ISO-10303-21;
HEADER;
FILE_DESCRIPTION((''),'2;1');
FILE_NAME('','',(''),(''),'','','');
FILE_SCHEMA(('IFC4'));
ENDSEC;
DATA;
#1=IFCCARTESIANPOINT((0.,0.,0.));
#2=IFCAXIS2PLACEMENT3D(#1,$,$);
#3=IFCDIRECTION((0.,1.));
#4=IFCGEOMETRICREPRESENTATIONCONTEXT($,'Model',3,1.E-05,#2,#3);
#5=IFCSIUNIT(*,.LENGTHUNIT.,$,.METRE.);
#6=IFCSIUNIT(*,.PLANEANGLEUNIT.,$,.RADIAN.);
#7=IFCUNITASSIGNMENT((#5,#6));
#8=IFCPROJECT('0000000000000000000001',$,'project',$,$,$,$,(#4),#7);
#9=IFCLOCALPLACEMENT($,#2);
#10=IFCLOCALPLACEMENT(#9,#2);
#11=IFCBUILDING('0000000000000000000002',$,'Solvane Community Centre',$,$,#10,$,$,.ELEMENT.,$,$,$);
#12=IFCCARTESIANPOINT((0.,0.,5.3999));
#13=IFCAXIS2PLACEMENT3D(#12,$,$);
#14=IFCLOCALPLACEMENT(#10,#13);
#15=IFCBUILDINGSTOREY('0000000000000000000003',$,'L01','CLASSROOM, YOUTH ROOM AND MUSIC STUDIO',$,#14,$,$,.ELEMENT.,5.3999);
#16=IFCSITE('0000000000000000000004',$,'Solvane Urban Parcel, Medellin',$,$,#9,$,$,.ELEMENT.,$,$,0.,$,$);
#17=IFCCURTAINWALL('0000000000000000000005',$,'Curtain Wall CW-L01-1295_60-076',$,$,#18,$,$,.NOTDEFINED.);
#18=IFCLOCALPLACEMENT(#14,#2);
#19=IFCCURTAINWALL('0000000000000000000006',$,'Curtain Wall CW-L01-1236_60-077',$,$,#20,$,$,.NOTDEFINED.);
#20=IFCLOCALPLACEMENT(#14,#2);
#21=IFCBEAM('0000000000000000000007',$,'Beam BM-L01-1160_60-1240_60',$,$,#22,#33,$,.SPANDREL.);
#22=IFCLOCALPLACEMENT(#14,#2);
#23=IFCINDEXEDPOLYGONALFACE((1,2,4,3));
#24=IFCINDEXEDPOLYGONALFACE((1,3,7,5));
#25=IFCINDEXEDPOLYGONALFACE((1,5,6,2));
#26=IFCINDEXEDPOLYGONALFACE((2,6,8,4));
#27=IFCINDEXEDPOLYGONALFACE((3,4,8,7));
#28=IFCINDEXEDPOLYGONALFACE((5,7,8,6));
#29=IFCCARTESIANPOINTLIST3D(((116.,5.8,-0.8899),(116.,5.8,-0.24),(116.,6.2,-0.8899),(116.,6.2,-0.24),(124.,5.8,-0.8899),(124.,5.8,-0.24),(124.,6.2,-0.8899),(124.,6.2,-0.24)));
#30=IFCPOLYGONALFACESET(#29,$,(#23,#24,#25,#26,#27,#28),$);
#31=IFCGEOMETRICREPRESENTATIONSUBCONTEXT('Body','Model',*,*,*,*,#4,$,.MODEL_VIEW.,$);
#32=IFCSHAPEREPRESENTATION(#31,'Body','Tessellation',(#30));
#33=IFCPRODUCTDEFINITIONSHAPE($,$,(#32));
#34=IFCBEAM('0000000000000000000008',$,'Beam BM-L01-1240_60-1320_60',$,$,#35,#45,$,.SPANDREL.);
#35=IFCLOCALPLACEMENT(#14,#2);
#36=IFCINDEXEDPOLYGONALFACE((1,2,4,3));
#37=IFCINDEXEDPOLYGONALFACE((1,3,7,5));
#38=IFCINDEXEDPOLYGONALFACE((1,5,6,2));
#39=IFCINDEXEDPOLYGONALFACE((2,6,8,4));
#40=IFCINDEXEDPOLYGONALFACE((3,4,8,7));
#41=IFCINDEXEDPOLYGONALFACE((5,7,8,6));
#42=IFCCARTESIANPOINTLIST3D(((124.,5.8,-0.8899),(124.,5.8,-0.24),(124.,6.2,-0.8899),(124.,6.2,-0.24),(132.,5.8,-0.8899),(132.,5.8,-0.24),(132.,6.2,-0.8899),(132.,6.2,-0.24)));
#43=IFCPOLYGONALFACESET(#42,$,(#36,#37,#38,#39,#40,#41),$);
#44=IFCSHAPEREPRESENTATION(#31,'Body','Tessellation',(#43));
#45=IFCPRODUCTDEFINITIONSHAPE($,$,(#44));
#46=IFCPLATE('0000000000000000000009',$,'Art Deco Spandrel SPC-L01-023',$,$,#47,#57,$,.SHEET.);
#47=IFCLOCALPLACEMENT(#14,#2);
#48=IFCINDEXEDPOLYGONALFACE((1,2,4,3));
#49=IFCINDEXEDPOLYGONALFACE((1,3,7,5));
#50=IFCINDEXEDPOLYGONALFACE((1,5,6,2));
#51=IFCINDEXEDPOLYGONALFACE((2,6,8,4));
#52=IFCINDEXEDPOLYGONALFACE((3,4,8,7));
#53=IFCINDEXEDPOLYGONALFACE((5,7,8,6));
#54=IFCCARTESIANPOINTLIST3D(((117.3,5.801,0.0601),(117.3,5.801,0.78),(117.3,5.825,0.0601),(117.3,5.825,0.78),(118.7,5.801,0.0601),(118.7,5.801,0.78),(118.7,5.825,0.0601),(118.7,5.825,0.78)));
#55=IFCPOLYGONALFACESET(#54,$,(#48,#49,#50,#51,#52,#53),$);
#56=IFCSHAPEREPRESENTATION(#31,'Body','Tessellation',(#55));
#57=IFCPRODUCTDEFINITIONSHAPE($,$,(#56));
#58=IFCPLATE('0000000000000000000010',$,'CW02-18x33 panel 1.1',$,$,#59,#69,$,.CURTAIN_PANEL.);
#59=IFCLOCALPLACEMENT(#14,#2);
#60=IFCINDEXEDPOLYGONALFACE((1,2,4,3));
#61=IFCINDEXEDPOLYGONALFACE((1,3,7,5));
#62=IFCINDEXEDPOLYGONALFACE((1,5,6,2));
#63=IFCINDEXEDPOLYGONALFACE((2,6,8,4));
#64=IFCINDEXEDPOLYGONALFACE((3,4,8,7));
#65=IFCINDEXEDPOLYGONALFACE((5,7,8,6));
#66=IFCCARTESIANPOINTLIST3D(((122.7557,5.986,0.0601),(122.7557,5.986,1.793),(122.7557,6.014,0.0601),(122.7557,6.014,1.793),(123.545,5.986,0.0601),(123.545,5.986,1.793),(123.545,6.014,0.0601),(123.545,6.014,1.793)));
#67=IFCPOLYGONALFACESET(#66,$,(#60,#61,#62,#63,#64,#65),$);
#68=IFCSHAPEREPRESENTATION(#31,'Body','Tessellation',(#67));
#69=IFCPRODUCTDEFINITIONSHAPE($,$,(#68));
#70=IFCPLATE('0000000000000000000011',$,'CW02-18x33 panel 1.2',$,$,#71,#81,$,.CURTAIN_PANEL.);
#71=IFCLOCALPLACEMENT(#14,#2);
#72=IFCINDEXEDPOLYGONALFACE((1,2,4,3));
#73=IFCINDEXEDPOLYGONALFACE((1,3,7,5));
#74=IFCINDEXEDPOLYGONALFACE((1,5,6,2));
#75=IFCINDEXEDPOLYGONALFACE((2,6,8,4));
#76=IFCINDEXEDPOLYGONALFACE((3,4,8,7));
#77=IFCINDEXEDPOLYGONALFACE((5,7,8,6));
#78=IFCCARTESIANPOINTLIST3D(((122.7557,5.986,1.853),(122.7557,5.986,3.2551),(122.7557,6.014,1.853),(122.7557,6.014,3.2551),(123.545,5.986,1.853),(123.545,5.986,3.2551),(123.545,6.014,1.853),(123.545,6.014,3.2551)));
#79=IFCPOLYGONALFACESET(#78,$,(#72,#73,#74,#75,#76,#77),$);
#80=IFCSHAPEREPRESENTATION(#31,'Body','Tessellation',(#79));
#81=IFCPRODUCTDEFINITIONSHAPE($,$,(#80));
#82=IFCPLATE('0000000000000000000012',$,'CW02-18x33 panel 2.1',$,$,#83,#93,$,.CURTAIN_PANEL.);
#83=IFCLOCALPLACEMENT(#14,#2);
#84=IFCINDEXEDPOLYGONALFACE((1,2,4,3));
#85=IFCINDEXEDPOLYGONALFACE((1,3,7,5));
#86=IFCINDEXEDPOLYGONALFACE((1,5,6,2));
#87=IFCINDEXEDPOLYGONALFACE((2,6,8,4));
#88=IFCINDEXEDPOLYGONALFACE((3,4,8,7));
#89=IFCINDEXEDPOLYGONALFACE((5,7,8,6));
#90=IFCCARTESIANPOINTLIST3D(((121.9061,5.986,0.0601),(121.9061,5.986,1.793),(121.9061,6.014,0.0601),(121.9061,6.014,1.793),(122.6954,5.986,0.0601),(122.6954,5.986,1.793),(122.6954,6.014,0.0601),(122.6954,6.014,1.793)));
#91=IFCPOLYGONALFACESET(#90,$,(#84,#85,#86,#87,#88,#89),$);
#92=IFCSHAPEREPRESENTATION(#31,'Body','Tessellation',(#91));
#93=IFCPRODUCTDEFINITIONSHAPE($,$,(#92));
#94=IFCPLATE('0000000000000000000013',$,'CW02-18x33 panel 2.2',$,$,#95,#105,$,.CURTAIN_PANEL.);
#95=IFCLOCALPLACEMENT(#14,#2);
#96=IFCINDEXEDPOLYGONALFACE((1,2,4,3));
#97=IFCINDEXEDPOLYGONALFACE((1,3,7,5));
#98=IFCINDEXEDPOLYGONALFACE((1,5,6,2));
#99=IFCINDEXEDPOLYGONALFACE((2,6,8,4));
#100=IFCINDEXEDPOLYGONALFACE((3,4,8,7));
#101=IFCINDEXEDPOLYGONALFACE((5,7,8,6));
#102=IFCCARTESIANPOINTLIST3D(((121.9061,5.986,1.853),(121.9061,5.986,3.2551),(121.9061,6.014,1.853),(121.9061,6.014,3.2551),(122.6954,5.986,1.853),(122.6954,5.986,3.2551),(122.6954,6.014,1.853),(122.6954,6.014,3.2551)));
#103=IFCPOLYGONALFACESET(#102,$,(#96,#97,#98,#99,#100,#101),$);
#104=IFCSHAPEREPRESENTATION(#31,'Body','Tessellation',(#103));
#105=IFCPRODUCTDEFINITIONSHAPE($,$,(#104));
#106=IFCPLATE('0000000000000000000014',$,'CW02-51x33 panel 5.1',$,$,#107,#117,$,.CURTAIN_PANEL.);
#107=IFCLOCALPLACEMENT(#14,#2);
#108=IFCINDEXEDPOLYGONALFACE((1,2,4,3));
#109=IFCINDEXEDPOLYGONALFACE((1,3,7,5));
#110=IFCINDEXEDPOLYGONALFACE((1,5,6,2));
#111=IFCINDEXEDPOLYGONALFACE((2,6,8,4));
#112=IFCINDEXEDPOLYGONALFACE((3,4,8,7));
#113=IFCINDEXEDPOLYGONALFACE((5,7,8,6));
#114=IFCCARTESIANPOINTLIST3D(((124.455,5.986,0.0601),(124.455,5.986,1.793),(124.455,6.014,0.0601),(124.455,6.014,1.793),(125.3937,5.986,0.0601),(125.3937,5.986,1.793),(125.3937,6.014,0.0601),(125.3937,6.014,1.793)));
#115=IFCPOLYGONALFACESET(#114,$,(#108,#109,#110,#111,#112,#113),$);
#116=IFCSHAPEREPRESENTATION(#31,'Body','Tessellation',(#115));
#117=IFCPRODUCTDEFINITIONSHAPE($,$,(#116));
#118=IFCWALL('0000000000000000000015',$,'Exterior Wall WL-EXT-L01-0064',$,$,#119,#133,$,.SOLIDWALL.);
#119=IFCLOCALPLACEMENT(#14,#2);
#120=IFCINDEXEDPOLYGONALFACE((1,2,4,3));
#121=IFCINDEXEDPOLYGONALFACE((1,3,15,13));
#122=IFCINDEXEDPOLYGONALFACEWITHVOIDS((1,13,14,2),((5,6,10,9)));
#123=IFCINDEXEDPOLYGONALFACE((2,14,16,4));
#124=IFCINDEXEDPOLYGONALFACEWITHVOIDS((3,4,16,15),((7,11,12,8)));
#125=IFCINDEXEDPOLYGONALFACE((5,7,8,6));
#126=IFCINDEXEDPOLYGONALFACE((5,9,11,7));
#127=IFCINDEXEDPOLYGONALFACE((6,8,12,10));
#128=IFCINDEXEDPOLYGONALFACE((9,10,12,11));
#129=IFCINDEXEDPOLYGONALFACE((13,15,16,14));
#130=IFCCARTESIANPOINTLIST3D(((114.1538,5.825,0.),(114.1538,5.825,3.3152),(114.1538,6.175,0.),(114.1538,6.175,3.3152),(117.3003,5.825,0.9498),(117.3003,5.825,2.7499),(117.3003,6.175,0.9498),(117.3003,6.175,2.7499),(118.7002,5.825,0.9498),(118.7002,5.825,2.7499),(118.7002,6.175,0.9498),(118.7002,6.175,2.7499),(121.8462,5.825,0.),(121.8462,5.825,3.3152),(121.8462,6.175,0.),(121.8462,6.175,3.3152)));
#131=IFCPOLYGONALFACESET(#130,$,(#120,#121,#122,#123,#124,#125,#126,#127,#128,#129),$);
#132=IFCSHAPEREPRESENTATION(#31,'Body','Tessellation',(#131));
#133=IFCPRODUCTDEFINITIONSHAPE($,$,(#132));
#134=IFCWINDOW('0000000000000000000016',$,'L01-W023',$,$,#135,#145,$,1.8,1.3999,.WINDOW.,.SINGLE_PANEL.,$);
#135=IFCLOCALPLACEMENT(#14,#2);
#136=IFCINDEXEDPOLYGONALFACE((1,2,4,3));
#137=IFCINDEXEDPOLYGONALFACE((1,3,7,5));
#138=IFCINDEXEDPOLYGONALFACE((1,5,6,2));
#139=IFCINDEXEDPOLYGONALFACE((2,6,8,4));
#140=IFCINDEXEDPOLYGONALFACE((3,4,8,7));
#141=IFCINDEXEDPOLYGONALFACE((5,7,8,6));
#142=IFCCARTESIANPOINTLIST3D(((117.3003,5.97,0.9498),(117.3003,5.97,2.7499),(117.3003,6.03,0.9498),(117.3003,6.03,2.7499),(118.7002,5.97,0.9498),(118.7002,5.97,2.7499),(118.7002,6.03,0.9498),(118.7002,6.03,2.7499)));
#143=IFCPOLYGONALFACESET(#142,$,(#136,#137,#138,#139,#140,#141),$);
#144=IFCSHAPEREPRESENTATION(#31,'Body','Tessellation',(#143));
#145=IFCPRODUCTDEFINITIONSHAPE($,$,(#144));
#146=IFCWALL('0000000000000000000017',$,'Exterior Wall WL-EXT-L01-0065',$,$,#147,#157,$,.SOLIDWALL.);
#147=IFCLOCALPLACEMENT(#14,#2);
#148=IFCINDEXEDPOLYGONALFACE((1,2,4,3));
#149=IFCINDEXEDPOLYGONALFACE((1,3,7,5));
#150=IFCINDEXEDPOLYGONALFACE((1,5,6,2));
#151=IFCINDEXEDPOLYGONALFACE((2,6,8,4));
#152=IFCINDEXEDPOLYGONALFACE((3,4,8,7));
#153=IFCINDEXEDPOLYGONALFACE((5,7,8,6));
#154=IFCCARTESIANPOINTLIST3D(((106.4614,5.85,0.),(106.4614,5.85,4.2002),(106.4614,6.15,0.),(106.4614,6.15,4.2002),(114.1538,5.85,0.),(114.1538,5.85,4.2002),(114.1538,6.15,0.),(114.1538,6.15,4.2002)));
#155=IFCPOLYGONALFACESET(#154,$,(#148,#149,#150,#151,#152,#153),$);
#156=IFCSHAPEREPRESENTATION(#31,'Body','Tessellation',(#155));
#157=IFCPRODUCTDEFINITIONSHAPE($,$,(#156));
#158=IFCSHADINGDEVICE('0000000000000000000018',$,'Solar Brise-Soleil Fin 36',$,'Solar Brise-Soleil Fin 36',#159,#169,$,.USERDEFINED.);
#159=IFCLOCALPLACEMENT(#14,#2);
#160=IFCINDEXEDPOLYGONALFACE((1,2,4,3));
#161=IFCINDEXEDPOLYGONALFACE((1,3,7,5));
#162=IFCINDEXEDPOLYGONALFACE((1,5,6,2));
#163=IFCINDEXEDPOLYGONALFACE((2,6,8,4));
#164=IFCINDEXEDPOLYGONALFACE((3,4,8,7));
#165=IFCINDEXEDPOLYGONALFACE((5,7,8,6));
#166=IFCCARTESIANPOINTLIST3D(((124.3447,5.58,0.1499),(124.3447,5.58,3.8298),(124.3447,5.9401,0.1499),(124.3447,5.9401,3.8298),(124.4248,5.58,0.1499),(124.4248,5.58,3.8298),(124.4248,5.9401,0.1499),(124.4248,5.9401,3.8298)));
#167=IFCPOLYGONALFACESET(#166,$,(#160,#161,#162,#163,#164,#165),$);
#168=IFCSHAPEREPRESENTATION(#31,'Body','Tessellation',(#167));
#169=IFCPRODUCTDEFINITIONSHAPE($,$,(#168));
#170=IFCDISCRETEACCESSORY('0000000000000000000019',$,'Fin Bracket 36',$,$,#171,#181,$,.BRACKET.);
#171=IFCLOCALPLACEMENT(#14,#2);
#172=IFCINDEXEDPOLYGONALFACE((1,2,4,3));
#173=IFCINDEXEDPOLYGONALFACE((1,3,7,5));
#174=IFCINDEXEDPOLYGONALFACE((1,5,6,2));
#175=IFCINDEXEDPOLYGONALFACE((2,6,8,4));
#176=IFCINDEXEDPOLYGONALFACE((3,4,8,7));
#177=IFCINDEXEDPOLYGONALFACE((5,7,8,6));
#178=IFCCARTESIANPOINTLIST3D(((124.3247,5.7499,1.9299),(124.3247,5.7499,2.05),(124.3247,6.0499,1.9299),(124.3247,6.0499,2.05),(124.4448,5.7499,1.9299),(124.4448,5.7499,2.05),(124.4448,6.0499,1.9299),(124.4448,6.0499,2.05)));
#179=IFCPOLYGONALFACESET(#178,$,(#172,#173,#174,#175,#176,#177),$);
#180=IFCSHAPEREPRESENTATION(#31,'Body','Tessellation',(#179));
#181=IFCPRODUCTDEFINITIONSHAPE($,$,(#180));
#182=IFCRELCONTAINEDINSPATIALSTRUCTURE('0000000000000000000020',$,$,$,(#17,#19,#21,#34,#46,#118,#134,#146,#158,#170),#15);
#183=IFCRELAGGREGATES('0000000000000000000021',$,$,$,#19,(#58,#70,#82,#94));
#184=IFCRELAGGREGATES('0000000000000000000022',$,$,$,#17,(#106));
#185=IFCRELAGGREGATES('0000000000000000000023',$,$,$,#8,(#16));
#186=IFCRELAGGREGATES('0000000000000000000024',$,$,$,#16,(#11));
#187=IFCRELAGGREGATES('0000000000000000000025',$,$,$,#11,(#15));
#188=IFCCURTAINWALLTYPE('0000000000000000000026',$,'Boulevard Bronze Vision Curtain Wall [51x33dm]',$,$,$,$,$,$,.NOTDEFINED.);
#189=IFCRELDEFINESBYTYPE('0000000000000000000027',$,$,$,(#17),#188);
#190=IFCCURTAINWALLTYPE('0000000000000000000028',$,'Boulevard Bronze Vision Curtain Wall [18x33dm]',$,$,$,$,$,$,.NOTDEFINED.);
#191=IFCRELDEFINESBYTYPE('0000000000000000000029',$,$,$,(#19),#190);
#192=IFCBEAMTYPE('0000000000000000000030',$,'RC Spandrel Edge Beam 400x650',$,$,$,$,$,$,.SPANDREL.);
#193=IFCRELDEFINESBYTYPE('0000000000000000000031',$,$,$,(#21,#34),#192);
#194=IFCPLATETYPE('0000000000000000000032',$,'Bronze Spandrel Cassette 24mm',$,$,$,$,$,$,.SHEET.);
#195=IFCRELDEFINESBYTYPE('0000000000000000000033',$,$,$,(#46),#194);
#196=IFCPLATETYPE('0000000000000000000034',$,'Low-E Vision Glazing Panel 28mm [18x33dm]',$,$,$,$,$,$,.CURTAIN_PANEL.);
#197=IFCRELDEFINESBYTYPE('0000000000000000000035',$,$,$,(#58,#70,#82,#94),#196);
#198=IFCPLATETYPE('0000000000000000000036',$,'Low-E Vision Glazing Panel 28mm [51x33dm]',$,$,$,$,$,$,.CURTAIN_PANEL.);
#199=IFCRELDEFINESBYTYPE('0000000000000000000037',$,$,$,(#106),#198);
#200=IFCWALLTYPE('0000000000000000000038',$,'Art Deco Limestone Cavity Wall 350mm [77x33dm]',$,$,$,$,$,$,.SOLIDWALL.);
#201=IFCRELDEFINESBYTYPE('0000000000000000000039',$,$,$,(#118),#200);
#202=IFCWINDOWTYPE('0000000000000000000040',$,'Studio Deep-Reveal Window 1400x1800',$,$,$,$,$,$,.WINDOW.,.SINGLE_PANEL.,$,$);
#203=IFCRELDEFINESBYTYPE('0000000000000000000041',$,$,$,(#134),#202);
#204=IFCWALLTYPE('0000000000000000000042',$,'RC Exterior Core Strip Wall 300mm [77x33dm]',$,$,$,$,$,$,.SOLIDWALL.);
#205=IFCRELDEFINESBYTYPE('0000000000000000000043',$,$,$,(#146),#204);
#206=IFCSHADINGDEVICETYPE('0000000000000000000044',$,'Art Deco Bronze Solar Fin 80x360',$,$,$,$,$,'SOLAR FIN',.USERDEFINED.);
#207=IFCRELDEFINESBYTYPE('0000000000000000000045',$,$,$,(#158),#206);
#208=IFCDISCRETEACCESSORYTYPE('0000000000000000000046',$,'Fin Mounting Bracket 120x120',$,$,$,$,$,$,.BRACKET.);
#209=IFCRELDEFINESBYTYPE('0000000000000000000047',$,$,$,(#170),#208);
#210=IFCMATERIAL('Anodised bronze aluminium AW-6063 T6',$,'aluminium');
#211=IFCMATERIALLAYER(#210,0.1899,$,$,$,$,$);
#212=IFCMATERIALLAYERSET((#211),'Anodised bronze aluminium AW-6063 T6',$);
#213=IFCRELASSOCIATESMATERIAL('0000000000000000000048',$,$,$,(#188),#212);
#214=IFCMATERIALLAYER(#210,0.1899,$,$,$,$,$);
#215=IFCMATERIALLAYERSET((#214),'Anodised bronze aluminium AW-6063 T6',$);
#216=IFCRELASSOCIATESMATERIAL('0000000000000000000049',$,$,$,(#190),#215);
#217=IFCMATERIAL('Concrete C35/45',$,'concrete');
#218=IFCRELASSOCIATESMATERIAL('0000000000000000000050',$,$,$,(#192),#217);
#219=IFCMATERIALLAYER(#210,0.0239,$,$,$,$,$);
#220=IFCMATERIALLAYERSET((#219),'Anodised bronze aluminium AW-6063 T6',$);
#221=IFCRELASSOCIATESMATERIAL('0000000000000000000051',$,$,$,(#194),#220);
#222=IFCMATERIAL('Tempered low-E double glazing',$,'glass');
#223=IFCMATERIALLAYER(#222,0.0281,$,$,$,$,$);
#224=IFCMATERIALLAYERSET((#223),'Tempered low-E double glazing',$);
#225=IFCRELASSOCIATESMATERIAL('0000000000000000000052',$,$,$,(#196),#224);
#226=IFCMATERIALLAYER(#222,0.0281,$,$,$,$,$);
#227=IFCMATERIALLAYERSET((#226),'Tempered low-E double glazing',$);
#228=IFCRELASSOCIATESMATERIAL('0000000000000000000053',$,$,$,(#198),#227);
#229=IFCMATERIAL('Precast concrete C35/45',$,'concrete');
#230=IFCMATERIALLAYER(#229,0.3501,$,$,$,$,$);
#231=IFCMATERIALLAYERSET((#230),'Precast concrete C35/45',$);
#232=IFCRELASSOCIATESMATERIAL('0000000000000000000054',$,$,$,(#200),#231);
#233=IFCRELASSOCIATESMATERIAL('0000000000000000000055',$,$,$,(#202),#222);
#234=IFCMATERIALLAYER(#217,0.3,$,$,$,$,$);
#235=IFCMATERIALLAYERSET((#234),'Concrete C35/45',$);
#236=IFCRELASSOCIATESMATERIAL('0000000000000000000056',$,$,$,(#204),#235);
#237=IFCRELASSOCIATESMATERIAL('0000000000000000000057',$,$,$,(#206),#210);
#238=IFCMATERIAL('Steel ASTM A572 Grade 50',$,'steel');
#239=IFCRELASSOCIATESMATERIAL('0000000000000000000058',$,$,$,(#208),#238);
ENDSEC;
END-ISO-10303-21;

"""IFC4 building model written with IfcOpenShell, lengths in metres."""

from ifc_helpers import new_model, si_unit, direction, frame, frame_2d, origin, origin_2d, place, context, subcontext, project, spatial, rectangle, extrude, material, layer, layer_set, material_profile, profile_set, type_object, element, fill, aggregate, save


model = new_model("IFC4")

# Units and contexts
model_context = context("Model", 3, precision=1e-05, world=origin(), true_north=direction((0.0, 1.0)))
body_context = subcontext(model_context, "Body", "Model", "MODEL_VIEW")
ifc_project = project(units=[si_unit("LENGTHUNIT", "METRE"), si_unit("PLANEANGLEUNIT", "RADIAN")], contexts=[model_context])

# Site, building, storey
site_placement = place(None, origin())
site = spatial("IfcSite", under=ifc_project, at=site_placement, Name="Solvane Urban Parcel, Medellin", CompositionType="ELEMENT", RefElevation=0.0)
building_placement = place(site_placement, origin())
building = spatial("IfcBuilding", under=site, at=building_placement, Name="Solvane Community Centre", CompositionType="ELEMENT")
storey_placement = place(building_placement, frame((0.0, 0.0, 5.3999)))
storey = spatial("IfcBuildingStorey", under=building, at=storey_placement, Name="L01", Description="CLASSROOM, YOUTH ROOM AND MUSIC STUDIO", CompositionType="ELEMENT", Elevation=5.3999)

# Shared definitions
ifc_material_1 = material(Name="Precast concrete C35/45", Category="concrete")

# Curtain wall
ifc_material_2 = material(Name="Anodised bronze aluminium AW-6063 T6", Category="aluminium")
ifc_layer_1 = layer(ifc_material_2, 0.1899)
ifc_layer_set_1 = layer_set([ifc_layer_1], Name="Anodised bronze aluminium AW-6063 T6")
curtain_wall_type_1 = type_object("IfcCurtainWallType", Name="Boulevard Bronze Vision Curtain Wall [51x33dm]", PredefinedType="NOTDEFINED", material=ifc_layer_set_1)
curtain_wall_1_placement = place(storey_placement, origin())
curtain_wall_1 = element("IfcCurtainWall", 1, at=curtain_wall_1_placement, inside=storey, type_object=curtain_wall_type_1, Name="Curtain Wall CW-L01-1295_60-076", PredefinedType="NOTDEFINED")

# Curtain wall
ifc_layer_2 = layer(ifc_material_2, 0.1899)
ifc_layer_set_2 = layer_set([ifc_layer_2], Name="Anodised bronze aluminium AW-6063 T6")
curtain_wall_type_2 = type_object("IfcCurtainWallType", Name="Boulevard Bronze Vision Curtain Wall [18x33dm]", PredefinedType="NOTDEFINED", material=ifc_layer_set_2)
curtain_wall_2_placement = place(storey_placement, origin())
curtain_wall_2 = element("IfcCurtainWall", 2, at=curtain_wall_2_placement, inside=storey, type_object=curtain_wall_type_2, Name="Curtain Wall CW-L01-1236_60-077", PredefinedType="NOTDEFINED")

# Beams
ifc_material_3 = material(Name="Concrete C35/45", Category="concrete")
ifc_material_profile_1 = material_profile(ifc_material_3, rectangle(XDim=0.3999, YDim=0.6499, at=origin_2d()), Name="RC 400x650")
ifc_profile_set_1 = profile_set([ifc_material_profile_1], Name="Concrete C35/45")
beam_type_1 = type_object("IfcBeamType", Name="RC Spandrel Edge Beam 400x650", PredefinedType="SPANDREL", material=ifc_profile_set_1)
for number, where, z_axis, x_axis, name in (
    (3, (116.0, 6.0, -0.5649), (1.0, 0.0, 0.0), (0.0, 1.0, 0.0), "Beam BM-L01-1160_60-1240_60"),
    (4, (124.0, 6.0, -0.5649), (1.0, 0.0, 0.0), (0.0, 1.0, 0.0), "Beam BM-L01-1240_60-1320_60"),
):
    element("IfcBeam", number, at=place(storey_placement, frame(where, z_axis=z_axis, x_axis=x_axis)), inside=storey, type_object=beam_type_1, Name=name, PredefinedType="SPANDREL", context=body_context, shape_type="SweptSolid", body=[
        extrude(rectangle(XDim=0.3999, YDim=0.6499, at=origin_2d()), origin(), (0.0, 0.0, 1.0), 8.0),
    ])

# Plates
ifc_layer_3 = layer(ifc_material_2, 0.0239)
ifc_layer_set_3 = layer_set([ifc_layer_3], Name="Anodised bronze aluminium AW-6063 T6")
plate_type_1 = type_object("IfcPlateType", Name="Bronze Spandrel Cassette 24mm", PredefinedType="SHEET", material=ifc_layer_set_3)
plate_1_placement = place(storey_placement, frame((118.0, 5.813, 0.0601), z_axis=(0.0, 0.0, 1.0), x_axis=(-1.0, 0.0, 0.0)))
element("IfcPlate", 5, at=plate_1_placement, inside=storey, type_object=plate_type_1, Name="Art Deco Spandrel SPC-L01-023", PredefinedType="SHEET", context=body_context, shape_type="SweptSolid", body=[
    extrude(rectangle(XDim=1.3999, YDim=0.0239, at=origin_2d()), origin(), (0.0, 0.0, 1.0), 0.72),
])
ifc_material_4 = material(Name="Tempered low-E double glazing", Category="glass")
ifc_layer_4 = layer(ifc_material_4, 0.0281)
ifc_layer_set_4 = layer_set([ifc_layer_4], Name="Tempered low-E double glazing")
plate_type_2 = type_object("IfcPlateType", Name="Low-E Vision Glazing Panel 28mm [18x33dm]", PredefinedType="CURTAIN_PANEL", material=ifc_layer_set_4)
plate_2_placement = place(storey_placement, frame((123.1504, 6.0, 0.0601), z_axis=(0.0, 0.0, 1.0), x_axis=(-1.0, 0.0, 0.0)))
plate_2 = element("IfcPlate", 6, at=plate_2_placement, type_object=plate_type_2, Name="CW02-18x33 panel 1.1", PredefinedType="CURTAIN_PANEL", context=body_context, shape_type="SweptSolid", body=[
    extrude(rectangle(XDim=0.7893, YDim=0.0281, at=origin_2d()), origin(), (0.0, 0.0, 1.0), 1.7329),
])
plate_3_placement = place(storey_placement, frame((123.1504, 6.0, 1.853), z_axis=(0.0, 0.0, 1.0), x_axis=(-1.0, 0.0, 0.0)))
plate_3 = element("IfcPlate", 7, at=plate_3_placement, type_object=plate_type_2, Name="CW02-18x33 panel 1.2", PredefinedType="CURTAIN_PANEL", context=body_context, shape_type="SweptSolid", body=[
    extrude(rectangle(XDim=0.7893, YDim=0.0281, at=origin_2d()), origin(), (0.0, 0.0, 1.0), 1.4021),
])
plate_4_placement = place(storey_placement, frame((122.3008, 6.0, 0.0601), z_axis=(0.0, 0.0, 1.0), x_axis=(-1.0, 0.0, 0.0)))
plate_4 = element("IfcPlate", 8, at=plate_4_placement, type_object=plate_type_2, Name="CW02-18x33 panel 2.1", PredefinedType="CURTAIN_PANEL", context=body_context, shape_type="SweptSolid", body=[
    extrude(rectangle(XDim=0.7893, YDim=0.0281, at=origin_2d()), origin(), (0.0, 0.0, 1.0), 1.7329),
])
plate_5_placement = place(storey_placement, frame((122.3008, 6.0, 1.853), z_axis=(0.0, 0.0, 1.0), x_axis=(-1.0, 0.0, 0.0)))
plate_5 = element("IfcPlate", 9, at=plate_5_placement, type_object=plate_type_2, Name="CW02-18x33 panel 2.2", PredefinedType="CURTAIN_PANEL", context=body_context, shape_type="SweptSolid", body=[
    extrude(rectangle(XDim=0.7893, YDim=0.0281, at=origin_2d()), origin(), (0.0, 0.0, 1.0), 1.4021),
])
aggregate(curtain_wall_2, [plate_2, plate_3, plate_4, plate_5])
ifc_layer_5 = layer(ifc_material_4, 0.0281)
ifc_layer_set_5 = layer_set([ifc_layer_5], Name="Tempered low-E double glazing")
plate_type_3 = type_object("IfcPlateType", Name="Low-E Vision Glazing Panel 28mm [51x33dm]", PredefinedType="CURTAIN_PANEL", material=ifc_layer_set_5)
plate_6_placement = place(storey_placement, frame((124.9243, 6.0, 0.0601), z_axis=(0.0, 0.0, 1.0), x_axis=(-1.0, 0.0, 0.0)))
plate_6 = element("IfcPlate", 10, at=plate_6_placement, type_object=plate_type_3, Name="CW02-51x33 panel 5.1", PredefinedType="CURTAIN_PANEL", context=body_context, shape_type="SweptSolid", body=[
    extrude(rectangle(XDim=0.9387, YDim=0.0281, at=origin_2d()), origin(), (0.0, 0.0, 1.0), 1.7329),
])
aggregate(curtain_wall_1, [plate_6])

# Wall, opening, window
ifc_layer_6 = layer(ifc_material_1, 0.3501)
ifc_layer_set_6 = layer_set([ifc_layer_6], Name="Precast concrete C35/45")
wall_type_1 = type_object("IfcWallType", Name="Art Deco Limestone Cavity Wall 350mm [77x33dm]", PredefinedType="SOLIDWALL", material=ifc_layer_set_6)
wall_1_placement = place(storey_placement, frame((121.8462, 6.0, 0.0), z_axis=(0.0, 0.0, 1.0), x_axis=(-1.0, 0.0, 0.0)))
wall_1 = element("IfcWall", 11, at=wall_1_placement, inside=storey, type_object=wall_type_1, Name="Exterior Wall WL-EXT-L01-0064", PredefinedType="SOLIDWALL", context=body_context, shape_type="SweptSolid", body=[
    extrude(rectangle(XDim=7.6924, YDim=0.3501, at=frame_2d((3.8462, 0.0))), origin(), (0.0, 0.0, 1.0), 3.3152),
])
opening_placement = place(wall_1_placement, frame((3.146, 0.0, 0.95)))
opening = element("IfcOpeningElement", 12, at=opening_placement, cuts=wall_1, PredefinedType="OPENING", context=body_context, shape_type="SweptSolid", body=[
    extrude(rectangle(XDim=1.3999, YDim=1.8, at=frame_2d((0.7, 0.8999))), frame((0.0, 0.1851, 0.0), z_axis=(0.0, -1.0, 0.0), x_axis=(1.0, 0.0, 0.0)), (0.0, 0.0, 1.0), 0.3701),
])
window_type = type_object("IfcWindowType", Name="Studio Deep-Reveal Window 1400x1800", PartitioningType="SINGLE_PANEL", PredefinedType="WINDOW", material=ifc_material_4)
window_placement = place(opening_placement, origin())
window = element("IfcWindow", 13, at=window_placement, inside=storey, type_object=window_type, Name="L01-W023", OverallHeight=1.8, OverallWidth=1.3999, PartitioningType="SINGLE_PANEL", PredefinedType="WINDOW", context=body_context, shape_type="SweptSolid", body=[
    extrude(rectangle(XDim=1.3999, YDim=1.8, at=frame_2d((0.7, 0.8999))), frame((0.0, 0.03, 0.0), z_axis=(0.0, -1.0, 0.0), x_axis=(1.0, 0.0, 0.0)), (0.0, 0.0, 1.0), 0.0601),
])
fill(opening, window)

# Wall
ifc_layer_7 = layer(ifc_material_3, 0.3)
ifc_layer_set_7 = layer_set([ifc_layer_7], Name="Concrete C35/45")
wall_type_2 = type_object("IfcWallType", Name="RC Exterior Core Strip Wall 300mm [77x33dm]", PredefinedType="SOLIDWALL", material=ifc_layer_set_7)
wall_2_placement = place(storey_placement, frame((114.1538, 6.0, 0.0), z_axis=(0.0, 0.0, 1.0), x_axis=(-1.0, 0.0, 0.0)))
element("IfcWall", 14, at=wall_2_placement, inside=storey, type_object=wall_type_2, Name="Exterior Wall WL-EXT-L01-0065", PredefinedType="SOLIDWALL", context=body_context, shape_type="SweptSolid", body=[
    extrude(rectangle(XDim=7.6924, YDim=0.3, at=frame_2d((3.8462, 0.0))), origin(), (0.0, 0.0, 1.0), 4.2002),
])

# Shading device
shading_device_type = type_object("IfcShadingDeviceType", Name="Art Deco Bronze Solar Fin 80x360", ElementType="SOLAR FIN", PredefinedType="USERDEFINED", material=ifc_material_2)
shading_device_placement = place(storey_placement, frame((124.3848, 5.76, 0.1499), z_axis=(0.0, 0.0, 1.0), x_axis=(-1.0, 0.0, 0.0)))
element("IfcShadingDevice", 15, at=shading_device_placement, inside=storey, type_object=shading_device_type, Name="Solar Brise-Soleil Fin 36", ObjectType="Solar Brise-Soleil Fin 36", PredefinedType="USERDEFINED", context=body_context, shape_type="SweptSolid", body=[
    extrude(rectangle(XDim=0.0801, YDim=0.3601, at=origin_2d()), origin(), (0.0, 0.0, 1.0), 3.6799),
])

# Discrete accessory
ifc_material_5 = material(Name="Steel ASTM A572 Grade 50", Category="steel")
discrete_accessory_type = type_object("IfcDiscreteAccessoryType", Name="Fin Mounting Bracket 120x120", PredefinedType="BRACKET", material=ifc_material_5)
discrete_accessory_placement = place(storey_placement, frame((124.3848, 5.8999, 1.9299), z_axis=(0.0, 0.0, 1.0), x_axis=(-1.0, 0.0, 0.0)))
element("IfcDiscreteAccessory", 16, at=discrete_accessory_placement, inside=storey, type_object=discrete_accessory_type, Name="Fin Bracket 36", PredefinedType="BRACKET", context=body_context, shape_type="SweptSolid", body=[
    extrude(rectangle(XDim=0.1201, YDim=0.3, at=origin_2d()), origin(), (0.0, 0.0, 1.0), 0.1201),
])

save(model, "model.ifc")
